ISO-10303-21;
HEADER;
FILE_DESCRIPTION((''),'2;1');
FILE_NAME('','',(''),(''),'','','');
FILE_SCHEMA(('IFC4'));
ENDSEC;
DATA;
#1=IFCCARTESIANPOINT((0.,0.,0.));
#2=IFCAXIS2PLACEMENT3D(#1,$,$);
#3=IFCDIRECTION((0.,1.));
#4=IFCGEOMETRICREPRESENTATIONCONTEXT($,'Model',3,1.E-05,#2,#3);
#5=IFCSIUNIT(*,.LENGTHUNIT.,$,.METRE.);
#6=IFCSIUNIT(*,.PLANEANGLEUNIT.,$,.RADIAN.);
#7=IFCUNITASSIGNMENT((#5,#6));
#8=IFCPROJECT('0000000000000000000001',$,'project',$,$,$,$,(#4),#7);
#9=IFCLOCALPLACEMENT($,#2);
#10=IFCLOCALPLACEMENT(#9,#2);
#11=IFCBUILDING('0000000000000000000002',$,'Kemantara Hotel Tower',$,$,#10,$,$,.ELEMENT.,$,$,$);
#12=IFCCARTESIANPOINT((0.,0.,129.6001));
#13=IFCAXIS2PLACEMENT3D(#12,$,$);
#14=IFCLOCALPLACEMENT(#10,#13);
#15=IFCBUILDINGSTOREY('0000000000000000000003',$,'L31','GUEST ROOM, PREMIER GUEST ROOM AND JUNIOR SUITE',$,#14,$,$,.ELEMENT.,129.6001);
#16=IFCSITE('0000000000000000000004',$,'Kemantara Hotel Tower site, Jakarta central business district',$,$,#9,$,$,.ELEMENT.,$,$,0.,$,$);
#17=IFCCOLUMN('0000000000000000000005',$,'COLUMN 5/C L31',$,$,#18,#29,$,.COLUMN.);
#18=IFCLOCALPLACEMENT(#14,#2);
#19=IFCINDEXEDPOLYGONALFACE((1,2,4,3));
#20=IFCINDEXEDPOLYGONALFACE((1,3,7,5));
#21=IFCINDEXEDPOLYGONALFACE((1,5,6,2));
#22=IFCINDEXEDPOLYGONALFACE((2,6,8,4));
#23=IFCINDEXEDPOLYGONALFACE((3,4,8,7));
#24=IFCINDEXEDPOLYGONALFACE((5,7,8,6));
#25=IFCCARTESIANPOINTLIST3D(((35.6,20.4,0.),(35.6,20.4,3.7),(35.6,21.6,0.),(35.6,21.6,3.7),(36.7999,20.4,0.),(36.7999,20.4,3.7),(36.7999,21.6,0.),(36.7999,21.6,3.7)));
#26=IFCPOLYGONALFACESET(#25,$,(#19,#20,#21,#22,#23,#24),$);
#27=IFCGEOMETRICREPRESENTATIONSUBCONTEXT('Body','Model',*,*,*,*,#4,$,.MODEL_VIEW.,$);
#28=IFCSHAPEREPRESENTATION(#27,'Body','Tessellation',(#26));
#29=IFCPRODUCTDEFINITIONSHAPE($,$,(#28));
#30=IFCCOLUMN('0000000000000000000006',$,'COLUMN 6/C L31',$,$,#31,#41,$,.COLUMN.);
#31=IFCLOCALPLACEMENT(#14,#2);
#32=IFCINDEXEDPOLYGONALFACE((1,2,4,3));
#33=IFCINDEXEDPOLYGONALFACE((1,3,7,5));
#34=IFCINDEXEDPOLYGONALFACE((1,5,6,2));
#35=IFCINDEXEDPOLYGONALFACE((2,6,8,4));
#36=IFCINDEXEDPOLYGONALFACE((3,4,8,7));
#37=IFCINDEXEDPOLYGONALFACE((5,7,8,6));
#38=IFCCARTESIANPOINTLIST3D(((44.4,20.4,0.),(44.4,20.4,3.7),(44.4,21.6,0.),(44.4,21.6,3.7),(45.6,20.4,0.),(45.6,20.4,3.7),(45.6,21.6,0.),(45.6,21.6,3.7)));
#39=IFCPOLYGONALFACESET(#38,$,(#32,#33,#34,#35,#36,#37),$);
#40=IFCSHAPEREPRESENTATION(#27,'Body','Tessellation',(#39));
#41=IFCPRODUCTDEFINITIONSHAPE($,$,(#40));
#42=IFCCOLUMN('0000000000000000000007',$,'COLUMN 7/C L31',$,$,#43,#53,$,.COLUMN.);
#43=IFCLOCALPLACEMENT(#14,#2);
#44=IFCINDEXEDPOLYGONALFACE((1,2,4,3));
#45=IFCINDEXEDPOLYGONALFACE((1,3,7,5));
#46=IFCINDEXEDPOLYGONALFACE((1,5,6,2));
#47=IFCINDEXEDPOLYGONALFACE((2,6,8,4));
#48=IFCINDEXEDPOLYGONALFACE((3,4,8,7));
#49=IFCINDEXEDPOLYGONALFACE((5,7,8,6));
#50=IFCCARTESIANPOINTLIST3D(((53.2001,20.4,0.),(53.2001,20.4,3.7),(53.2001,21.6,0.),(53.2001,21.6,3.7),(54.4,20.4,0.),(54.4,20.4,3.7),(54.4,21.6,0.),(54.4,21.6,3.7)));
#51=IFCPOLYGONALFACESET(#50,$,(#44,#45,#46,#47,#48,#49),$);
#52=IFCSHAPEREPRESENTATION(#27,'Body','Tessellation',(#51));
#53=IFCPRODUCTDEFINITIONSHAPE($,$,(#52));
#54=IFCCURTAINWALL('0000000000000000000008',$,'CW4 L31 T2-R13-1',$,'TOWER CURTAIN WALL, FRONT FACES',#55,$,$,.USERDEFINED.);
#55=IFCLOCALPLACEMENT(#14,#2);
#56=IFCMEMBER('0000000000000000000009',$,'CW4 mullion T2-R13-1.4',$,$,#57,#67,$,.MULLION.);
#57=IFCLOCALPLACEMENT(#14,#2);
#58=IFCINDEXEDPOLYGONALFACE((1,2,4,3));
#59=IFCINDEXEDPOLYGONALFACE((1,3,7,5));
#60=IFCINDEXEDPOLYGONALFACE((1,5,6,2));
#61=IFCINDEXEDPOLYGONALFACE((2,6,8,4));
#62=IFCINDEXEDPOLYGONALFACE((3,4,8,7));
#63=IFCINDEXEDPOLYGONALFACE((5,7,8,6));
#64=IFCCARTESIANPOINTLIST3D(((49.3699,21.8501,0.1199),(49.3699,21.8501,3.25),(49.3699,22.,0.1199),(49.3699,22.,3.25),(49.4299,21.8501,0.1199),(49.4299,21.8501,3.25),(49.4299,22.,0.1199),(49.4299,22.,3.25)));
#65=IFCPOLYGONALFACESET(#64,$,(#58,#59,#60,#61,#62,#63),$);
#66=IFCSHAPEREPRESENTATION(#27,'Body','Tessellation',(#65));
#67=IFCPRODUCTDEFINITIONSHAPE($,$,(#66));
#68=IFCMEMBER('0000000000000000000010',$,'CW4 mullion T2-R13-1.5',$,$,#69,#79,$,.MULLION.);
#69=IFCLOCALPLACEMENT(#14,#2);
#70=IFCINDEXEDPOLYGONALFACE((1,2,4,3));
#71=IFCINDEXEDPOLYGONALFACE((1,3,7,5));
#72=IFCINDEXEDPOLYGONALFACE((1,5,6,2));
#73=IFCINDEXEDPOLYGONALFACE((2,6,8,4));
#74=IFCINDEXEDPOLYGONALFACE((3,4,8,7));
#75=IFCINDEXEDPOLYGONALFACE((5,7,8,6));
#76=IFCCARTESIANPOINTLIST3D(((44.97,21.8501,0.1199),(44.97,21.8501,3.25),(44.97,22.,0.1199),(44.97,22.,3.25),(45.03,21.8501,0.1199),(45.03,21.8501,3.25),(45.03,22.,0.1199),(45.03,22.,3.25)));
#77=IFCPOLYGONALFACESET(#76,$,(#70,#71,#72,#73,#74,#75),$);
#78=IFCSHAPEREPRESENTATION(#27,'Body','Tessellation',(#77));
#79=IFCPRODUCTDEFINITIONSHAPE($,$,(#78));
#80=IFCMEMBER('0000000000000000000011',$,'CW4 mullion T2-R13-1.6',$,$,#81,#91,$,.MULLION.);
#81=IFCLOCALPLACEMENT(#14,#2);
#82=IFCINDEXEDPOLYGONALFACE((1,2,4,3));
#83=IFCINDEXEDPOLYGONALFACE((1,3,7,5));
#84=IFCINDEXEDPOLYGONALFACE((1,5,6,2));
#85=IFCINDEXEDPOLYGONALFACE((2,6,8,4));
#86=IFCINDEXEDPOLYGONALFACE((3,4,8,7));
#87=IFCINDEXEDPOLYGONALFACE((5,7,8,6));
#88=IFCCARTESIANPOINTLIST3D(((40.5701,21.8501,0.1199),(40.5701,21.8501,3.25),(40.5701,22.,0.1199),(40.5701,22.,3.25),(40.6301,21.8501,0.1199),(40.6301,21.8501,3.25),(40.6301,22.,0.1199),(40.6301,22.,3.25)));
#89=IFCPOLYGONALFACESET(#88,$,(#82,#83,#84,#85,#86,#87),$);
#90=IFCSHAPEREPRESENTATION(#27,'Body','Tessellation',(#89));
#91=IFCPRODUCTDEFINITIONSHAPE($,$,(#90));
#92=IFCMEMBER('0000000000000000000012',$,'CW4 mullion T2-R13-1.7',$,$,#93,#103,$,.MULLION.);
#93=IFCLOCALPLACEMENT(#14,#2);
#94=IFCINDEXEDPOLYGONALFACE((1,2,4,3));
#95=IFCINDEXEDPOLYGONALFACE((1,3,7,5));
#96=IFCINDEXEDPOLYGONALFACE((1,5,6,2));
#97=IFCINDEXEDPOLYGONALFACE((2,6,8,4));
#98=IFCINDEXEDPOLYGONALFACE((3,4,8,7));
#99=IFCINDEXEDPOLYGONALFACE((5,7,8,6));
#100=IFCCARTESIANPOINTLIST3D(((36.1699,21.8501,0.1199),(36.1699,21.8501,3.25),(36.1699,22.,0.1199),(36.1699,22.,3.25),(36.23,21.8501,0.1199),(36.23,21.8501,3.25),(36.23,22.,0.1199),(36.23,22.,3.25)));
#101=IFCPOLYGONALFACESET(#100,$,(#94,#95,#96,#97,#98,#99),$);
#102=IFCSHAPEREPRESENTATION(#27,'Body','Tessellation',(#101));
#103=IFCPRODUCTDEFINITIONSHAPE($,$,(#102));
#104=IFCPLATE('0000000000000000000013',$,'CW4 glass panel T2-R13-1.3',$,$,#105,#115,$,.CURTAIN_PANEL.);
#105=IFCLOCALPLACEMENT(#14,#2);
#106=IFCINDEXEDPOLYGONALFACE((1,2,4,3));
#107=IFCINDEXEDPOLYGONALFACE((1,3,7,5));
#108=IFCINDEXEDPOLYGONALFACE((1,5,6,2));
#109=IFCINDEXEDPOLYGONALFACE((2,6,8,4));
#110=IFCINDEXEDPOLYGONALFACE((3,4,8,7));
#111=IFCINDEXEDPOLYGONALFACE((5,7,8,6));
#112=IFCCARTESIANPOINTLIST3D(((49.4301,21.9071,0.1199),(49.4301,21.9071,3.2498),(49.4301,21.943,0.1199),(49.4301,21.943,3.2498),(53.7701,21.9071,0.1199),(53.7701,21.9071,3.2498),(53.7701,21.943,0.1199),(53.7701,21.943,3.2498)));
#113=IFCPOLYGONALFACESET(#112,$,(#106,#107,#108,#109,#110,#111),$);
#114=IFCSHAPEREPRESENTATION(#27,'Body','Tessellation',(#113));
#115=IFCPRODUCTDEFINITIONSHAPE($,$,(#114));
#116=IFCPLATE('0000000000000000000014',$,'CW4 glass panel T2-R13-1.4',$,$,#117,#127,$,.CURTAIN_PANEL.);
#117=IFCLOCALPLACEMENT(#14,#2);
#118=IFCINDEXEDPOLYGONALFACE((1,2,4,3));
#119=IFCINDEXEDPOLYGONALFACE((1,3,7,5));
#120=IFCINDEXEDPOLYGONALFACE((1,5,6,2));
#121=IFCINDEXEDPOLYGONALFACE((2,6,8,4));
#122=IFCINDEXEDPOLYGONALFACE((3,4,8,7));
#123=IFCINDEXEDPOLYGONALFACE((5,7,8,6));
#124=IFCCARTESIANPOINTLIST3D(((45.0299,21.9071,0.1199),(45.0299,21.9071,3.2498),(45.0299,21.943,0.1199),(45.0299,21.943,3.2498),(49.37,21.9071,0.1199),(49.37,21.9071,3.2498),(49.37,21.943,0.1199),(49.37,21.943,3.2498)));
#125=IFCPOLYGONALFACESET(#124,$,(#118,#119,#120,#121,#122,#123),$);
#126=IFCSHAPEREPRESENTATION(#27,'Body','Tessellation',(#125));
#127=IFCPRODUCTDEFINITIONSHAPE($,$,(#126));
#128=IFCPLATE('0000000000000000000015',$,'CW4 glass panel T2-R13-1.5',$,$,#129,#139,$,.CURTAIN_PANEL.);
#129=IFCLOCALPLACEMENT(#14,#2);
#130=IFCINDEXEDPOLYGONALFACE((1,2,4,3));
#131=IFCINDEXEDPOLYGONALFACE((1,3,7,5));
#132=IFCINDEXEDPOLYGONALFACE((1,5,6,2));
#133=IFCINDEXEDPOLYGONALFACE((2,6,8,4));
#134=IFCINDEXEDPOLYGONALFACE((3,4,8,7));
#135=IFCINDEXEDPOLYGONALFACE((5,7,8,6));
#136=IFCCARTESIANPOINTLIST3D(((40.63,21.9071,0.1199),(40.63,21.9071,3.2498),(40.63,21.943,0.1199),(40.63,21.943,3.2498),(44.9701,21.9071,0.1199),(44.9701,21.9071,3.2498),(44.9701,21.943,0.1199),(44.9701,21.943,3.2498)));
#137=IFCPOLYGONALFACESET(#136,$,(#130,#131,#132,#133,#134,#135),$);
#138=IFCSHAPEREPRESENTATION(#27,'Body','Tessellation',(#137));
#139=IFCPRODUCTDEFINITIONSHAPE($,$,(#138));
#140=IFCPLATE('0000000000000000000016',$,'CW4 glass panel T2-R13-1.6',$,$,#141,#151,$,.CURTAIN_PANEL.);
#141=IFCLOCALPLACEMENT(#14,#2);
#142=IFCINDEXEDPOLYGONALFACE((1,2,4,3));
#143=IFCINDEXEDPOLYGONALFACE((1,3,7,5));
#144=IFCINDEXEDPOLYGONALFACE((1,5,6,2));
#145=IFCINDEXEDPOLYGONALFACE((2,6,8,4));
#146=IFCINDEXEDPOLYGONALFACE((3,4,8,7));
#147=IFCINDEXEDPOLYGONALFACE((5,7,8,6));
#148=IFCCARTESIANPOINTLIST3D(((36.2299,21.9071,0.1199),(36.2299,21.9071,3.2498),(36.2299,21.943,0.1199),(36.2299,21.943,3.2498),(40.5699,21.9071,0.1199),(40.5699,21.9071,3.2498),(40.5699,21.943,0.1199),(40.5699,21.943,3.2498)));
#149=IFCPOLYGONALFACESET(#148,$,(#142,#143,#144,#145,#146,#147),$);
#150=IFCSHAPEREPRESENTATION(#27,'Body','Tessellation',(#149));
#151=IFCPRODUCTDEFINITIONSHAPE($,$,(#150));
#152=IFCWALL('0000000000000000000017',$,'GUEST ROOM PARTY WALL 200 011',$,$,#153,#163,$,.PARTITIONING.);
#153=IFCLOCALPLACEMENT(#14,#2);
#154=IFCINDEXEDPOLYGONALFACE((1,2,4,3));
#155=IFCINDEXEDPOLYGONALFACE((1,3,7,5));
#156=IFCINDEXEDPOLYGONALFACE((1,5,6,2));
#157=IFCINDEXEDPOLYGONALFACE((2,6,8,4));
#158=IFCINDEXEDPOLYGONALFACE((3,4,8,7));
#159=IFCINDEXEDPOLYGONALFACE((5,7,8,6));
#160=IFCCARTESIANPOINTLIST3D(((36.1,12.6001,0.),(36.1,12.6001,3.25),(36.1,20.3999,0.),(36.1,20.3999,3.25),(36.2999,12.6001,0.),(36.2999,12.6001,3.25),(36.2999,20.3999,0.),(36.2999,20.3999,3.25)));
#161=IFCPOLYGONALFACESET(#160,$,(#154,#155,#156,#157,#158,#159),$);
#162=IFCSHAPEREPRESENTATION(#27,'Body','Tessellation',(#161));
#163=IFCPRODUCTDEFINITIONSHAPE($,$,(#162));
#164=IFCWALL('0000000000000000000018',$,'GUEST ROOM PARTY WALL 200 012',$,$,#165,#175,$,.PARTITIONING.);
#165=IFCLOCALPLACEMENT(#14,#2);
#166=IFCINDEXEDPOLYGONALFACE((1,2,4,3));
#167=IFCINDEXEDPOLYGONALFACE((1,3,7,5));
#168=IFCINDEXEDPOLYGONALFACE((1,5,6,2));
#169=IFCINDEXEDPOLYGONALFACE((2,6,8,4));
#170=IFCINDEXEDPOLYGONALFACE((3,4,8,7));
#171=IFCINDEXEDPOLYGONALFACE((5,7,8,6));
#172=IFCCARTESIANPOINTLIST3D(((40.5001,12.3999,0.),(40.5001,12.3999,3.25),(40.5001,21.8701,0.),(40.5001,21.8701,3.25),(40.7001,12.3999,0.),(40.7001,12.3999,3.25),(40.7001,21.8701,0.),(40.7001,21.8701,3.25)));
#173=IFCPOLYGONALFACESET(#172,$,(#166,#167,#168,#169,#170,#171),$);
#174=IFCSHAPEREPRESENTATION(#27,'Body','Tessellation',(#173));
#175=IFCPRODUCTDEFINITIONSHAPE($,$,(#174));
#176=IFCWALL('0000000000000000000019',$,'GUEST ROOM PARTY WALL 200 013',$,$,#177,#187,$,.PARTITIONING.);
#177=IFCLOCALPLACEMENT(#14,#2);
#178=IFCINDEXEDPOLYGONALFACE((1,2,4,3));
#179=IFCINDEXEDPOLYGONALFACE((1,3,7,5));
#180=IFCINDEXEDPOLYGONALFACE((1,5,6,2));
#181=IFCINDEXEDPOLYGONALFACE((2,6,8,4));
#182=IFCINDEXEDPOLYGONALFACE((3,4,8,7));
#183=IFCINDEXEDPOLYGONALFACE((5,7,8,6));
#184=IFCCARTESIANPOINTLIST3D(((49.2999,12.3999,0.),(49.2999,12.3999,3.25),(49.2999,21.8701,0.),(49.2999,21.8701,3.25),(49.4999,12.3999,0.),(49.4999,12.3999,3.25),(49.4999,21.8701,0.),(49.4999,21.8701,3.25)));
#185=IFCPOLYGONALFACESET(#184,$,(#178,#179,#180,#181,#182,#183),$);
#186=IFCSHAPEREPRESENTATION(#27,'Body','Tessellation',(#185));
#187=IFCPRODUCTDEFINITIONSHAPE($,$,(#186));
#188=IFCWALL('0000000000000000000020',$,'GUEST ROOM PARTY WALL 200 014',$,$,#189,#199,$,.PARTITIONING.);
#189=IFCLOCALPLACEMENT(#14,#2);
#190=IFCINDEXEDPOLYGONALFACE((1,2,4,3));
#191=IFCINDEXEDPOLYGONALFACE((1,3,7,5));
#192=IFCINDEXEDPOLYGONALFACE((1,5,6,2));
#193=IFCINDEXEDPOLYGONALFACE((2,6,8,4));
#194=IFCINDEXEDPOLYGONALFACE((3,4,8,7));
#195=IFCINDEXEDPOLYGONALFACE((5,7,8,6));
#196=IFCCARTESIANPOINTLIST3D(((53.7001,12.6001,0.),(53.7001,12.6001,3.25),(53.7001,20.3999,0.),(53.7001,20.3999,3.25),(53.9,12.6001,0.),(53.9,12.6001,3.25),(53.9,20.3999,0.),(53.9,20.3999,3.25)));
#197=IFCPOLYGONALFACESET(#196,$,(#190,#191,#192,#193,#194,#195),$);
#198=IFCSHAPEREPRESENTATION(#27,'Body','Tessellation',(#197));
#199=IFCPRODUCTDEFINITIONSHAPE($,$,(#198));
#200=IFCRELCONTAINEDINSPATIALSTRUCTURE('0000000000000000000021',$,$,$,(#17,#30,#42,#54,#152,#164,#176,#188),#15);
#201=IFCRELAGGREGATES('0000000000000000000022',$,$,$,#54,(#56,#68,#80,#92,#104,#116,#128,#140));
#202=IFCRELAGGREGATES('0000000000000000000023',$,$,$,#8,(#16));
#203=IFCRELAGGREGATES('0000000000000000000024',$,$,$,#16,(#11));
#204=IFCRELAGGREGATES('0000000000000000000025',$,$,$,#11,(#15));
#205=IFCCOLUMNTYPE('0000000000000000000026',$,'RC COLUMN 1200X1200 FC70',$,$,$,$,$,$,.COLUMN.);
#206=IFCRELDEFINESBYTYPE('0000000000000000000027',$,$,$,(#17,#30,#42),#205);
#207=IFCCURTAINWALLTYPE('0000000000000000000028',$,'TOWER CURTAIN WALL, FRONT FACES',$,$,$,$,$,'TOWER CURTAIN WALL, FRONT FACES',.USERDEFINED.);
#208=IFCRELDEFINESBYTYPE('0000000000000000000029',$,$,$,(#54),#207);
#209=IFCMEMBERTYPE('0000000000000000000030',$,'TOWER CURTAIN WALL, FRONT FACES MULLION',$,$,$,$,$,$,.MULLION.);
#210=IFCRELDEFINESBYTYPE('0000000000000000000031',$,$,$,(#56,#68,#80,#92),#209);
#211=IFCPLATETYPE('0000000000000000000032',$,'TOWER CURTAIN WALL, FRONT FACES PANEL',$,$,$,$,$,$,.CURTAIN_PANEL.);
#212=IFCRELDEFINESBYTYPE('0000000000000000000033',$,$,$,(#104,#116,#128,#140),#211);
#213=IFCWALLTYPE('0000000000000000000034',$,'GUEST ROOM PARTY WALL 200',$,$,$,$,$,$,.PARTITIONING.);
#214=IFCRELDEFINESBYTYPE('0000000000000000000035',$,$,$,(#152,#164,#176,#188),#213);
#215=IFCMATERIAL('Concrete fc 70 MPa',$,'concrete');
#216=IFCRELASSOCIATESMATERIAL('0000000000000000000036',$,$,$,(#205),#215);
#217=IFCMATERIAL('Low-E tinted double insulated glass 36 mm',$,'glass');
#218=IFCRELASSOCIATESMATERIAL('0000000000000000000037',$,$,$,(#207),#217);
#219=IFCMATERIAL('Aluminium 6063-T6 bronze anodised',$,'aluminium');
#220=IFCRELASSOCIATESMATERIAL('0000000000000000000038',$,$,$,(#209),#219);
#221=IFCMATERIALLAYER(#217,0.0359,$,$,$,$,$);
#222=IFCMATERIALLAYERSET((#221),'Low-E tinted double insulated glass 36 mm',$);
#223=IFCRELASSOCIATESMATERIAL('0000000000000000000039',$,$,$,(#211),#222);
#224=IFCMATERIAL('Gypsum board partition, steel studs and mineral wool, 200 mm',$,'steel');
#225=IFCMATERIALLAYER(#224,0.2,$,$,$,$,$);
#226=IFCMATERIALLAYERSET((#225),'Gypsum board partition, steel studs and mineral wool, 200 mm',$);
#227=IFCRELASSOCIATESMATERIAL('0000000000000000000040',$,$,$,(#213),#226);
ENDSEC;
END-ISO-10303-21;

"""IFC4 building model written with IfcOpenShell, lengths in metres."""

from ifc_helpers import new_model, si_unit, direction, frame, frame_2d, origin, origin_2d, place, context, subcontext, project, spatial, rectangle, extrude, source, transform, mapped, material, layer, layer_set, material_profile, profile_set, type_object, element, aggregate, save


model = new_model("IFC4")

# Units and contexts
model_context = context("Model", 3, precision=1e-05, world=origin(), true_north=direction((0.0, 1.0)))
body_context = subcontext(model_context, "Body", "Model", "MODEL_VIEW")
ifc_project = project(units=[si_unit("LENGTHUNIT", "METRE"), si_unit("PLANEANGLEUNIT", "RADIAN")], contexts=[model_context])

# Site, building, storey
site_placement = place(None, origin())
site = spatial("IfcSite", under=ifc_project, at=site_placement, Name="Kemantara Hotel Tower site, Jakarta central business district", CompositionType="ELEMENT", RefElevation=0.0)
building_placement = place(site_placement, origin())
building = spatial("IfcBuilding", under=site, at=building_placement, Name="Kemantara Hotel Tower", CompositionType="ELEMENT")
storey_placement = place(building_placement, frame((0.0, 0.0, 129.6001)))
storey = spatial("IfcBuildingStorey", under=building, at=storey_placement, Name="L31", Description="GUEST ROOM, PREMIER GUEST ROOM AND JUNIOR SUITE", CompositionType="ELEMENT", Elevation=129.6001)

# Columns
ifc_material_1 = material(Name="Concrete fc 70 MPa", Category="concrete")
ifc_material_profile_1 = material_profile(ifc_material_1, rectangle(XDim=1.2, YDim=1.2, at=origin_2d()), Name="RC 1200X1200")
ifc_profile_set_1 = profile_set([ifc_material_profile_1], Name="Concrete fc 70 MPa")
column_type = type_object("IfcColumnType", Name="RC COLUMN 1200X1200 FC70", PredefinedType="COLUMN", material=ifc_profile_set_1)
for number, where, z_axis, x_axis, name in (
    (1, (36.2, 21.0, 0.0), (0.0, 0.0, 1.0), (1.0, 0.0, 0.0), "COLUMN 5/C L31"),
    (2, (45.0, 21.0, 0.0), (0.0, 0.0, 1.0), (1.0, 0.0, 0.0), "COLUMN 6/C L31"),
    (3, (53.8, 21.0, 0.0), (0.0, 0.0, 1.0), (1.0, 0.0, 0.0), "COLUMN 7/C L31"),
):
    element("IfcColumn", number, at=place(storey_placement, frame(where, z_axis=z_axis, x_axis=x_axis)), inside=storey, type_object=column_type, Name=name, PredefinedType="COLUMN", context=body_context, shape_type="SweptSolid", body=[
        extrude(rectangle(XDim=1.2, YDim=1.2, at=origin_2d()), origin(), (0.0, 0.0, 1.0), 3.7),
    ])

# Curtain wall, members, plates
ifc_material_2 = material(Name="Low-E tinted double insulated glass 36 mm", Category="glass")
curtain_wall_type = type_object("IfcCurtainWallType", Name="TOWER CURTAIN WALL, FRONT FACES", ElementType="TOWER CURTAIN WALL, FRONT FACES", PredefinedType="USERDEFINED", material=ifc_material_2)
curtain_wall_placement = place(storey_placement, origin())
curtain_wall = element("IfcCurtainWall", 4, at=curtain_wall_placement, inside=storey, type_object=curtain_wall_type, Name="CW4 L31 T2-R13-1", ObjectType="TOWER CURTAIN WALL, FRONT FACES", PredefinedType="USERDEFINED")
ifc_material_3 = material(Name="Aluminium 6063-T6 bronze anodised", Category="aluminium")
ifc_material_profile_2 = material_profile(ifc_material_3, rectangle(XDim=0.1499, YDim=0.0601, at=origin_2d()), Name="TOWER CURTAIN WALL, FRONT FACES MULLION")
ifc_profile_set_2 = profile_set([ifc_material_profile_2], Name="Aluminium 6063-T6 bronze anodised")
member_type = type_object("IfcMemberType", Name="TOWER CURTAIN WALL, FRONT FACES MULLION", PredefinedType="MULLION", material=ifc_profile_set_2)
shared_shape_1 = source(origin(), body_context, "Body", "SweptSolid", [
    extrude(rectangle(XDim=0.1499, YDim=0.0601, at=origin_2d()), origin(), (0.0, 0.0, 1.0), 3.1301),
])
member_1_placement = place(storey_placement, frame((49.3999, 21.925, 0.1199), z_axis=(0.0, 0.0, 1.0), x_axis=(0.0, -1.0, 0.0)))
member_1 = element("IfcMember", 5, at=member_1_placement, type_object=member_type, Name="CW4 mullion T2-R13-1.4", PredefinedType="MULLION", context=body_context, shape_type="MappedRepresentation", body=[
    mapped(shared_shape_1, transform((0.0, 0.0, 0.0))),
])
member_2_placement = place(storey_placement, frame((45.0, 21.925, 0.1199), z_axis=(0.0, 0.0, 1.0), x_axis=(0.0, -1.0, 0.0)))
member_2 = element("IfcMember", 6, at=member_2_placement, type_object=member_type, Name="CW4 mullion T2-R13-1.5", PredefinedType="MULLION", context=body_context, shape_type="MappedRepresentation", body=[
    mapped(shared_shape_1, transform((0.0, 0.0, 0.0))),
])
member_3_placement = place(storey_placement, frame((40.6001, 21.925, 0.1199), z_axis=(0.0, 0.0, 1.0), x_axis=(0.0, -1.0, 0.0)))
member_3 = element("IfcMember", 7, at=member_3_placement, type_object=member_type, Name="CW4 mullion T2-R13-1.6", PredefinedType="MULLION", context=body_context, shape_type="MappedRepresentation", body=[
    mapped(shared_shape_1, transform((0.0, 0.0, 0.0))),
])
member_4_placement = place(storey_placement, frame((36.2, 21.925, 0.1199), z_axis=(0.0, 0.0, 1.0), x_axis=(0.0, -1.0, 0.0)))
member_4 = element("IfcMember", 8, at=member_4_placement, type_object=member_type, Name="CW4 mullion T2-R13-1.7", PredefinedType="MULLION", context=body_context, shape_type="MappedRepresentation", body=[
    mapped(shared_shape_1, transform((0.0, 0.0, 0.0))),
])
ifc_layer_1 = layer(ifc_material_2, 0.0359)
ifc_layer_set_1 = layer_set([ifc_layer_1], Name="Low-E tinted double insulated glass 36 mm")
plate_type = type_object("IfcPlateType", Name="TOWER CURTAIN WALL, FRONT FACES PANEL", PredefinedType="CURTAIN_PANEL", material=ifc_layer_set_1)
shared_shape_2 = source(origin(), body_context, "Body", "SweptSolid", [
    extrude(rectangle(XDim=4.3401, YDim=0.0359, at=origin_2d()), origin(), (0.0, 0.0, 1.0), 3.1299),
])
plate_1_placement = place(storey_placement, frame((51.6001, 21.925, 0.1199), z_axis=(0.0, 0.0, 1.0), x_axis=(-1.0, 0.0, 0.0)))
plate_1 = element("IfcPlate", 9, at=plate_1_placement, type_object=plate_type, Name="CW4 glass panel T2-R13-1.3", PredefinedType="CURTAIN_PANEL", context=body_context, shape_type="MappedRepresentation", body=[
    mapped(shared_shape_2, transform((0.0, 0.0, 0.0))),
])
plate_2_placement = place(storey_placement, frame((47.2, 21.925, 0.1199), z_axis=(0.0, 0.0, 1.0), x_axis=(-1.0, 0.0, 0.0)))
plate_2 = element("IfcPlate", 10, at=plate_2_placement, type_object=plate_type, Name="CW4 glass panel T2-R13-1.4", PredefinedType="CURTAIN_PANEL", context=body_context, shape_type="MappedRepresentation", body=[
    mapped(shared_shape_2, transform((0.0, 0.0, 0.0))),
])
plate_3_placement = place(storey_placement, frame((42.8, 21.925, 0.1199), z_axis=(0.0, 0.0, 1.0), x_axis=(-1.0, 0.0, 0.0)))
plate_3 = element("IfcPlate", 11, at=plate_3_placement, type_object=plate_type, Name="CW4 glass panel T2-R13-1.5", PredefinedType="CURTAIN_PANEL", context=body_context, shape_type="MappedRepresentation", body=[
    mapped(shared_shape_2, transform((0.0, 0.0, 0.0))),
])
plate_4_placement = place(storey_placement, frame((38.3999, 21.925, 0.1199), z_axis=(0.0, 0.0, 1.0), x_axis=(-1.0, 0.0, 0.0)))
plate_4 = element("IfcPlate", 12, at=plate_4_placement, type_object=plate_type, Name="CW4 glass panel T2-R13-1.6", PredefinedType="CURTAIN_PANEL", context=body_context, shape_type="MappedRepresentation", body=[
    mapped(shared_shape_2, transform((0.0, 0.0, 0.0))),
])
aggregate(curtain_wall, [member_1, member_2, member_3, member_4, plate_1, plate_2, plate_3, plate_4])

# Walls
ifc_material_4 = material(Name="Gypsum board partition, steel studs and mineral wool, 200 mm", Category="steel")
ifc_layer_2 = layer(ifc_material_4, 0.2)
ifc_layer_set_2 = layer_set([ifc_layer_2], Name="Gypsum board partition, steel studs and mineral wool, 200 mm")
wall_type_1 = type_object("IfcWallType", Name="GUEST ROOM PARTY WALL 200", PredefinedType="PARTITIONING", material=ifc_layer_set_2)
wall_1_placement = place(storey_placement, frame((36.2, 12.6001, 0.0), z_axis=(0.0, 0.0, 1.0), x_axis=(0.0, 1.0, 0.0)))
element("IfcWall", 13, at=wall_1_placement, inside=storey, type_object=wall_type_1, Name="GUEST ROOM PARTY WALL 200 011", PredefinedType="PARTITIONING", context=body_context, shape_type="SweptSolid", body=[
    extrude(rectangle(XDim=7.7998, YDim=0.2, at=frame_2d((3.8999, 0.0))), origin(), (0.0, 0.0, 1.0), 3.25),
])
for number, where, z_axis, x_axis, name in (
    (14, (40.6001, 12.3999, 0.0), (0.0, 0.0, 1.0), (0.0, 1.0, 0.0), "GUEST ROOM PARTY WALL 200 012"),
    (15, (49.3999, 12.3999, 0.0), (0.0, 0.0, 1.0), (0.0, 1.0, 0.0), "GUEST ROOM PARTY WALL 200 013"),
):
    element("IfcWall", number, at=place(storey_placement, frame(where, z_axis=z_axis, x_axis=x_axis)), inside=storey, type_object=wall_type_1, Name=name, PredefinedType="PARTITIONING", context=body_context, shape_type="SweptSolid", body=[
        extrude(rectangle(XDim=9.4702, YDim=0.2, at=frame_2d((4.7351, 0.0))), origin(), (0.0, 0.0, 1.0), 3.25),
    ])
wall_2_placement = place(storey_placement, frame((53.8, 12.6001, 0.0), z_axis=(0.0, 0.0, 1.0), x_axis=(0.0, 1.0, 0.0)))
element("IfcWall", 16, at=wall_2_placement, inside=storey, type_object=wall_type_1, Name="GUEST ROOM PARTY WALL 200 014", PredefinedType="PARTITIONING", context=body_context, shape_type="SweptSolid", body=[
    extrude(rectangle(XDim=7.7998, YDim=0.2, at=frame_2d((3.8999, 0.0))), origin(), (0.0, 0.0, 1.0), 3.25),
])

save(model, "model.ifc")
